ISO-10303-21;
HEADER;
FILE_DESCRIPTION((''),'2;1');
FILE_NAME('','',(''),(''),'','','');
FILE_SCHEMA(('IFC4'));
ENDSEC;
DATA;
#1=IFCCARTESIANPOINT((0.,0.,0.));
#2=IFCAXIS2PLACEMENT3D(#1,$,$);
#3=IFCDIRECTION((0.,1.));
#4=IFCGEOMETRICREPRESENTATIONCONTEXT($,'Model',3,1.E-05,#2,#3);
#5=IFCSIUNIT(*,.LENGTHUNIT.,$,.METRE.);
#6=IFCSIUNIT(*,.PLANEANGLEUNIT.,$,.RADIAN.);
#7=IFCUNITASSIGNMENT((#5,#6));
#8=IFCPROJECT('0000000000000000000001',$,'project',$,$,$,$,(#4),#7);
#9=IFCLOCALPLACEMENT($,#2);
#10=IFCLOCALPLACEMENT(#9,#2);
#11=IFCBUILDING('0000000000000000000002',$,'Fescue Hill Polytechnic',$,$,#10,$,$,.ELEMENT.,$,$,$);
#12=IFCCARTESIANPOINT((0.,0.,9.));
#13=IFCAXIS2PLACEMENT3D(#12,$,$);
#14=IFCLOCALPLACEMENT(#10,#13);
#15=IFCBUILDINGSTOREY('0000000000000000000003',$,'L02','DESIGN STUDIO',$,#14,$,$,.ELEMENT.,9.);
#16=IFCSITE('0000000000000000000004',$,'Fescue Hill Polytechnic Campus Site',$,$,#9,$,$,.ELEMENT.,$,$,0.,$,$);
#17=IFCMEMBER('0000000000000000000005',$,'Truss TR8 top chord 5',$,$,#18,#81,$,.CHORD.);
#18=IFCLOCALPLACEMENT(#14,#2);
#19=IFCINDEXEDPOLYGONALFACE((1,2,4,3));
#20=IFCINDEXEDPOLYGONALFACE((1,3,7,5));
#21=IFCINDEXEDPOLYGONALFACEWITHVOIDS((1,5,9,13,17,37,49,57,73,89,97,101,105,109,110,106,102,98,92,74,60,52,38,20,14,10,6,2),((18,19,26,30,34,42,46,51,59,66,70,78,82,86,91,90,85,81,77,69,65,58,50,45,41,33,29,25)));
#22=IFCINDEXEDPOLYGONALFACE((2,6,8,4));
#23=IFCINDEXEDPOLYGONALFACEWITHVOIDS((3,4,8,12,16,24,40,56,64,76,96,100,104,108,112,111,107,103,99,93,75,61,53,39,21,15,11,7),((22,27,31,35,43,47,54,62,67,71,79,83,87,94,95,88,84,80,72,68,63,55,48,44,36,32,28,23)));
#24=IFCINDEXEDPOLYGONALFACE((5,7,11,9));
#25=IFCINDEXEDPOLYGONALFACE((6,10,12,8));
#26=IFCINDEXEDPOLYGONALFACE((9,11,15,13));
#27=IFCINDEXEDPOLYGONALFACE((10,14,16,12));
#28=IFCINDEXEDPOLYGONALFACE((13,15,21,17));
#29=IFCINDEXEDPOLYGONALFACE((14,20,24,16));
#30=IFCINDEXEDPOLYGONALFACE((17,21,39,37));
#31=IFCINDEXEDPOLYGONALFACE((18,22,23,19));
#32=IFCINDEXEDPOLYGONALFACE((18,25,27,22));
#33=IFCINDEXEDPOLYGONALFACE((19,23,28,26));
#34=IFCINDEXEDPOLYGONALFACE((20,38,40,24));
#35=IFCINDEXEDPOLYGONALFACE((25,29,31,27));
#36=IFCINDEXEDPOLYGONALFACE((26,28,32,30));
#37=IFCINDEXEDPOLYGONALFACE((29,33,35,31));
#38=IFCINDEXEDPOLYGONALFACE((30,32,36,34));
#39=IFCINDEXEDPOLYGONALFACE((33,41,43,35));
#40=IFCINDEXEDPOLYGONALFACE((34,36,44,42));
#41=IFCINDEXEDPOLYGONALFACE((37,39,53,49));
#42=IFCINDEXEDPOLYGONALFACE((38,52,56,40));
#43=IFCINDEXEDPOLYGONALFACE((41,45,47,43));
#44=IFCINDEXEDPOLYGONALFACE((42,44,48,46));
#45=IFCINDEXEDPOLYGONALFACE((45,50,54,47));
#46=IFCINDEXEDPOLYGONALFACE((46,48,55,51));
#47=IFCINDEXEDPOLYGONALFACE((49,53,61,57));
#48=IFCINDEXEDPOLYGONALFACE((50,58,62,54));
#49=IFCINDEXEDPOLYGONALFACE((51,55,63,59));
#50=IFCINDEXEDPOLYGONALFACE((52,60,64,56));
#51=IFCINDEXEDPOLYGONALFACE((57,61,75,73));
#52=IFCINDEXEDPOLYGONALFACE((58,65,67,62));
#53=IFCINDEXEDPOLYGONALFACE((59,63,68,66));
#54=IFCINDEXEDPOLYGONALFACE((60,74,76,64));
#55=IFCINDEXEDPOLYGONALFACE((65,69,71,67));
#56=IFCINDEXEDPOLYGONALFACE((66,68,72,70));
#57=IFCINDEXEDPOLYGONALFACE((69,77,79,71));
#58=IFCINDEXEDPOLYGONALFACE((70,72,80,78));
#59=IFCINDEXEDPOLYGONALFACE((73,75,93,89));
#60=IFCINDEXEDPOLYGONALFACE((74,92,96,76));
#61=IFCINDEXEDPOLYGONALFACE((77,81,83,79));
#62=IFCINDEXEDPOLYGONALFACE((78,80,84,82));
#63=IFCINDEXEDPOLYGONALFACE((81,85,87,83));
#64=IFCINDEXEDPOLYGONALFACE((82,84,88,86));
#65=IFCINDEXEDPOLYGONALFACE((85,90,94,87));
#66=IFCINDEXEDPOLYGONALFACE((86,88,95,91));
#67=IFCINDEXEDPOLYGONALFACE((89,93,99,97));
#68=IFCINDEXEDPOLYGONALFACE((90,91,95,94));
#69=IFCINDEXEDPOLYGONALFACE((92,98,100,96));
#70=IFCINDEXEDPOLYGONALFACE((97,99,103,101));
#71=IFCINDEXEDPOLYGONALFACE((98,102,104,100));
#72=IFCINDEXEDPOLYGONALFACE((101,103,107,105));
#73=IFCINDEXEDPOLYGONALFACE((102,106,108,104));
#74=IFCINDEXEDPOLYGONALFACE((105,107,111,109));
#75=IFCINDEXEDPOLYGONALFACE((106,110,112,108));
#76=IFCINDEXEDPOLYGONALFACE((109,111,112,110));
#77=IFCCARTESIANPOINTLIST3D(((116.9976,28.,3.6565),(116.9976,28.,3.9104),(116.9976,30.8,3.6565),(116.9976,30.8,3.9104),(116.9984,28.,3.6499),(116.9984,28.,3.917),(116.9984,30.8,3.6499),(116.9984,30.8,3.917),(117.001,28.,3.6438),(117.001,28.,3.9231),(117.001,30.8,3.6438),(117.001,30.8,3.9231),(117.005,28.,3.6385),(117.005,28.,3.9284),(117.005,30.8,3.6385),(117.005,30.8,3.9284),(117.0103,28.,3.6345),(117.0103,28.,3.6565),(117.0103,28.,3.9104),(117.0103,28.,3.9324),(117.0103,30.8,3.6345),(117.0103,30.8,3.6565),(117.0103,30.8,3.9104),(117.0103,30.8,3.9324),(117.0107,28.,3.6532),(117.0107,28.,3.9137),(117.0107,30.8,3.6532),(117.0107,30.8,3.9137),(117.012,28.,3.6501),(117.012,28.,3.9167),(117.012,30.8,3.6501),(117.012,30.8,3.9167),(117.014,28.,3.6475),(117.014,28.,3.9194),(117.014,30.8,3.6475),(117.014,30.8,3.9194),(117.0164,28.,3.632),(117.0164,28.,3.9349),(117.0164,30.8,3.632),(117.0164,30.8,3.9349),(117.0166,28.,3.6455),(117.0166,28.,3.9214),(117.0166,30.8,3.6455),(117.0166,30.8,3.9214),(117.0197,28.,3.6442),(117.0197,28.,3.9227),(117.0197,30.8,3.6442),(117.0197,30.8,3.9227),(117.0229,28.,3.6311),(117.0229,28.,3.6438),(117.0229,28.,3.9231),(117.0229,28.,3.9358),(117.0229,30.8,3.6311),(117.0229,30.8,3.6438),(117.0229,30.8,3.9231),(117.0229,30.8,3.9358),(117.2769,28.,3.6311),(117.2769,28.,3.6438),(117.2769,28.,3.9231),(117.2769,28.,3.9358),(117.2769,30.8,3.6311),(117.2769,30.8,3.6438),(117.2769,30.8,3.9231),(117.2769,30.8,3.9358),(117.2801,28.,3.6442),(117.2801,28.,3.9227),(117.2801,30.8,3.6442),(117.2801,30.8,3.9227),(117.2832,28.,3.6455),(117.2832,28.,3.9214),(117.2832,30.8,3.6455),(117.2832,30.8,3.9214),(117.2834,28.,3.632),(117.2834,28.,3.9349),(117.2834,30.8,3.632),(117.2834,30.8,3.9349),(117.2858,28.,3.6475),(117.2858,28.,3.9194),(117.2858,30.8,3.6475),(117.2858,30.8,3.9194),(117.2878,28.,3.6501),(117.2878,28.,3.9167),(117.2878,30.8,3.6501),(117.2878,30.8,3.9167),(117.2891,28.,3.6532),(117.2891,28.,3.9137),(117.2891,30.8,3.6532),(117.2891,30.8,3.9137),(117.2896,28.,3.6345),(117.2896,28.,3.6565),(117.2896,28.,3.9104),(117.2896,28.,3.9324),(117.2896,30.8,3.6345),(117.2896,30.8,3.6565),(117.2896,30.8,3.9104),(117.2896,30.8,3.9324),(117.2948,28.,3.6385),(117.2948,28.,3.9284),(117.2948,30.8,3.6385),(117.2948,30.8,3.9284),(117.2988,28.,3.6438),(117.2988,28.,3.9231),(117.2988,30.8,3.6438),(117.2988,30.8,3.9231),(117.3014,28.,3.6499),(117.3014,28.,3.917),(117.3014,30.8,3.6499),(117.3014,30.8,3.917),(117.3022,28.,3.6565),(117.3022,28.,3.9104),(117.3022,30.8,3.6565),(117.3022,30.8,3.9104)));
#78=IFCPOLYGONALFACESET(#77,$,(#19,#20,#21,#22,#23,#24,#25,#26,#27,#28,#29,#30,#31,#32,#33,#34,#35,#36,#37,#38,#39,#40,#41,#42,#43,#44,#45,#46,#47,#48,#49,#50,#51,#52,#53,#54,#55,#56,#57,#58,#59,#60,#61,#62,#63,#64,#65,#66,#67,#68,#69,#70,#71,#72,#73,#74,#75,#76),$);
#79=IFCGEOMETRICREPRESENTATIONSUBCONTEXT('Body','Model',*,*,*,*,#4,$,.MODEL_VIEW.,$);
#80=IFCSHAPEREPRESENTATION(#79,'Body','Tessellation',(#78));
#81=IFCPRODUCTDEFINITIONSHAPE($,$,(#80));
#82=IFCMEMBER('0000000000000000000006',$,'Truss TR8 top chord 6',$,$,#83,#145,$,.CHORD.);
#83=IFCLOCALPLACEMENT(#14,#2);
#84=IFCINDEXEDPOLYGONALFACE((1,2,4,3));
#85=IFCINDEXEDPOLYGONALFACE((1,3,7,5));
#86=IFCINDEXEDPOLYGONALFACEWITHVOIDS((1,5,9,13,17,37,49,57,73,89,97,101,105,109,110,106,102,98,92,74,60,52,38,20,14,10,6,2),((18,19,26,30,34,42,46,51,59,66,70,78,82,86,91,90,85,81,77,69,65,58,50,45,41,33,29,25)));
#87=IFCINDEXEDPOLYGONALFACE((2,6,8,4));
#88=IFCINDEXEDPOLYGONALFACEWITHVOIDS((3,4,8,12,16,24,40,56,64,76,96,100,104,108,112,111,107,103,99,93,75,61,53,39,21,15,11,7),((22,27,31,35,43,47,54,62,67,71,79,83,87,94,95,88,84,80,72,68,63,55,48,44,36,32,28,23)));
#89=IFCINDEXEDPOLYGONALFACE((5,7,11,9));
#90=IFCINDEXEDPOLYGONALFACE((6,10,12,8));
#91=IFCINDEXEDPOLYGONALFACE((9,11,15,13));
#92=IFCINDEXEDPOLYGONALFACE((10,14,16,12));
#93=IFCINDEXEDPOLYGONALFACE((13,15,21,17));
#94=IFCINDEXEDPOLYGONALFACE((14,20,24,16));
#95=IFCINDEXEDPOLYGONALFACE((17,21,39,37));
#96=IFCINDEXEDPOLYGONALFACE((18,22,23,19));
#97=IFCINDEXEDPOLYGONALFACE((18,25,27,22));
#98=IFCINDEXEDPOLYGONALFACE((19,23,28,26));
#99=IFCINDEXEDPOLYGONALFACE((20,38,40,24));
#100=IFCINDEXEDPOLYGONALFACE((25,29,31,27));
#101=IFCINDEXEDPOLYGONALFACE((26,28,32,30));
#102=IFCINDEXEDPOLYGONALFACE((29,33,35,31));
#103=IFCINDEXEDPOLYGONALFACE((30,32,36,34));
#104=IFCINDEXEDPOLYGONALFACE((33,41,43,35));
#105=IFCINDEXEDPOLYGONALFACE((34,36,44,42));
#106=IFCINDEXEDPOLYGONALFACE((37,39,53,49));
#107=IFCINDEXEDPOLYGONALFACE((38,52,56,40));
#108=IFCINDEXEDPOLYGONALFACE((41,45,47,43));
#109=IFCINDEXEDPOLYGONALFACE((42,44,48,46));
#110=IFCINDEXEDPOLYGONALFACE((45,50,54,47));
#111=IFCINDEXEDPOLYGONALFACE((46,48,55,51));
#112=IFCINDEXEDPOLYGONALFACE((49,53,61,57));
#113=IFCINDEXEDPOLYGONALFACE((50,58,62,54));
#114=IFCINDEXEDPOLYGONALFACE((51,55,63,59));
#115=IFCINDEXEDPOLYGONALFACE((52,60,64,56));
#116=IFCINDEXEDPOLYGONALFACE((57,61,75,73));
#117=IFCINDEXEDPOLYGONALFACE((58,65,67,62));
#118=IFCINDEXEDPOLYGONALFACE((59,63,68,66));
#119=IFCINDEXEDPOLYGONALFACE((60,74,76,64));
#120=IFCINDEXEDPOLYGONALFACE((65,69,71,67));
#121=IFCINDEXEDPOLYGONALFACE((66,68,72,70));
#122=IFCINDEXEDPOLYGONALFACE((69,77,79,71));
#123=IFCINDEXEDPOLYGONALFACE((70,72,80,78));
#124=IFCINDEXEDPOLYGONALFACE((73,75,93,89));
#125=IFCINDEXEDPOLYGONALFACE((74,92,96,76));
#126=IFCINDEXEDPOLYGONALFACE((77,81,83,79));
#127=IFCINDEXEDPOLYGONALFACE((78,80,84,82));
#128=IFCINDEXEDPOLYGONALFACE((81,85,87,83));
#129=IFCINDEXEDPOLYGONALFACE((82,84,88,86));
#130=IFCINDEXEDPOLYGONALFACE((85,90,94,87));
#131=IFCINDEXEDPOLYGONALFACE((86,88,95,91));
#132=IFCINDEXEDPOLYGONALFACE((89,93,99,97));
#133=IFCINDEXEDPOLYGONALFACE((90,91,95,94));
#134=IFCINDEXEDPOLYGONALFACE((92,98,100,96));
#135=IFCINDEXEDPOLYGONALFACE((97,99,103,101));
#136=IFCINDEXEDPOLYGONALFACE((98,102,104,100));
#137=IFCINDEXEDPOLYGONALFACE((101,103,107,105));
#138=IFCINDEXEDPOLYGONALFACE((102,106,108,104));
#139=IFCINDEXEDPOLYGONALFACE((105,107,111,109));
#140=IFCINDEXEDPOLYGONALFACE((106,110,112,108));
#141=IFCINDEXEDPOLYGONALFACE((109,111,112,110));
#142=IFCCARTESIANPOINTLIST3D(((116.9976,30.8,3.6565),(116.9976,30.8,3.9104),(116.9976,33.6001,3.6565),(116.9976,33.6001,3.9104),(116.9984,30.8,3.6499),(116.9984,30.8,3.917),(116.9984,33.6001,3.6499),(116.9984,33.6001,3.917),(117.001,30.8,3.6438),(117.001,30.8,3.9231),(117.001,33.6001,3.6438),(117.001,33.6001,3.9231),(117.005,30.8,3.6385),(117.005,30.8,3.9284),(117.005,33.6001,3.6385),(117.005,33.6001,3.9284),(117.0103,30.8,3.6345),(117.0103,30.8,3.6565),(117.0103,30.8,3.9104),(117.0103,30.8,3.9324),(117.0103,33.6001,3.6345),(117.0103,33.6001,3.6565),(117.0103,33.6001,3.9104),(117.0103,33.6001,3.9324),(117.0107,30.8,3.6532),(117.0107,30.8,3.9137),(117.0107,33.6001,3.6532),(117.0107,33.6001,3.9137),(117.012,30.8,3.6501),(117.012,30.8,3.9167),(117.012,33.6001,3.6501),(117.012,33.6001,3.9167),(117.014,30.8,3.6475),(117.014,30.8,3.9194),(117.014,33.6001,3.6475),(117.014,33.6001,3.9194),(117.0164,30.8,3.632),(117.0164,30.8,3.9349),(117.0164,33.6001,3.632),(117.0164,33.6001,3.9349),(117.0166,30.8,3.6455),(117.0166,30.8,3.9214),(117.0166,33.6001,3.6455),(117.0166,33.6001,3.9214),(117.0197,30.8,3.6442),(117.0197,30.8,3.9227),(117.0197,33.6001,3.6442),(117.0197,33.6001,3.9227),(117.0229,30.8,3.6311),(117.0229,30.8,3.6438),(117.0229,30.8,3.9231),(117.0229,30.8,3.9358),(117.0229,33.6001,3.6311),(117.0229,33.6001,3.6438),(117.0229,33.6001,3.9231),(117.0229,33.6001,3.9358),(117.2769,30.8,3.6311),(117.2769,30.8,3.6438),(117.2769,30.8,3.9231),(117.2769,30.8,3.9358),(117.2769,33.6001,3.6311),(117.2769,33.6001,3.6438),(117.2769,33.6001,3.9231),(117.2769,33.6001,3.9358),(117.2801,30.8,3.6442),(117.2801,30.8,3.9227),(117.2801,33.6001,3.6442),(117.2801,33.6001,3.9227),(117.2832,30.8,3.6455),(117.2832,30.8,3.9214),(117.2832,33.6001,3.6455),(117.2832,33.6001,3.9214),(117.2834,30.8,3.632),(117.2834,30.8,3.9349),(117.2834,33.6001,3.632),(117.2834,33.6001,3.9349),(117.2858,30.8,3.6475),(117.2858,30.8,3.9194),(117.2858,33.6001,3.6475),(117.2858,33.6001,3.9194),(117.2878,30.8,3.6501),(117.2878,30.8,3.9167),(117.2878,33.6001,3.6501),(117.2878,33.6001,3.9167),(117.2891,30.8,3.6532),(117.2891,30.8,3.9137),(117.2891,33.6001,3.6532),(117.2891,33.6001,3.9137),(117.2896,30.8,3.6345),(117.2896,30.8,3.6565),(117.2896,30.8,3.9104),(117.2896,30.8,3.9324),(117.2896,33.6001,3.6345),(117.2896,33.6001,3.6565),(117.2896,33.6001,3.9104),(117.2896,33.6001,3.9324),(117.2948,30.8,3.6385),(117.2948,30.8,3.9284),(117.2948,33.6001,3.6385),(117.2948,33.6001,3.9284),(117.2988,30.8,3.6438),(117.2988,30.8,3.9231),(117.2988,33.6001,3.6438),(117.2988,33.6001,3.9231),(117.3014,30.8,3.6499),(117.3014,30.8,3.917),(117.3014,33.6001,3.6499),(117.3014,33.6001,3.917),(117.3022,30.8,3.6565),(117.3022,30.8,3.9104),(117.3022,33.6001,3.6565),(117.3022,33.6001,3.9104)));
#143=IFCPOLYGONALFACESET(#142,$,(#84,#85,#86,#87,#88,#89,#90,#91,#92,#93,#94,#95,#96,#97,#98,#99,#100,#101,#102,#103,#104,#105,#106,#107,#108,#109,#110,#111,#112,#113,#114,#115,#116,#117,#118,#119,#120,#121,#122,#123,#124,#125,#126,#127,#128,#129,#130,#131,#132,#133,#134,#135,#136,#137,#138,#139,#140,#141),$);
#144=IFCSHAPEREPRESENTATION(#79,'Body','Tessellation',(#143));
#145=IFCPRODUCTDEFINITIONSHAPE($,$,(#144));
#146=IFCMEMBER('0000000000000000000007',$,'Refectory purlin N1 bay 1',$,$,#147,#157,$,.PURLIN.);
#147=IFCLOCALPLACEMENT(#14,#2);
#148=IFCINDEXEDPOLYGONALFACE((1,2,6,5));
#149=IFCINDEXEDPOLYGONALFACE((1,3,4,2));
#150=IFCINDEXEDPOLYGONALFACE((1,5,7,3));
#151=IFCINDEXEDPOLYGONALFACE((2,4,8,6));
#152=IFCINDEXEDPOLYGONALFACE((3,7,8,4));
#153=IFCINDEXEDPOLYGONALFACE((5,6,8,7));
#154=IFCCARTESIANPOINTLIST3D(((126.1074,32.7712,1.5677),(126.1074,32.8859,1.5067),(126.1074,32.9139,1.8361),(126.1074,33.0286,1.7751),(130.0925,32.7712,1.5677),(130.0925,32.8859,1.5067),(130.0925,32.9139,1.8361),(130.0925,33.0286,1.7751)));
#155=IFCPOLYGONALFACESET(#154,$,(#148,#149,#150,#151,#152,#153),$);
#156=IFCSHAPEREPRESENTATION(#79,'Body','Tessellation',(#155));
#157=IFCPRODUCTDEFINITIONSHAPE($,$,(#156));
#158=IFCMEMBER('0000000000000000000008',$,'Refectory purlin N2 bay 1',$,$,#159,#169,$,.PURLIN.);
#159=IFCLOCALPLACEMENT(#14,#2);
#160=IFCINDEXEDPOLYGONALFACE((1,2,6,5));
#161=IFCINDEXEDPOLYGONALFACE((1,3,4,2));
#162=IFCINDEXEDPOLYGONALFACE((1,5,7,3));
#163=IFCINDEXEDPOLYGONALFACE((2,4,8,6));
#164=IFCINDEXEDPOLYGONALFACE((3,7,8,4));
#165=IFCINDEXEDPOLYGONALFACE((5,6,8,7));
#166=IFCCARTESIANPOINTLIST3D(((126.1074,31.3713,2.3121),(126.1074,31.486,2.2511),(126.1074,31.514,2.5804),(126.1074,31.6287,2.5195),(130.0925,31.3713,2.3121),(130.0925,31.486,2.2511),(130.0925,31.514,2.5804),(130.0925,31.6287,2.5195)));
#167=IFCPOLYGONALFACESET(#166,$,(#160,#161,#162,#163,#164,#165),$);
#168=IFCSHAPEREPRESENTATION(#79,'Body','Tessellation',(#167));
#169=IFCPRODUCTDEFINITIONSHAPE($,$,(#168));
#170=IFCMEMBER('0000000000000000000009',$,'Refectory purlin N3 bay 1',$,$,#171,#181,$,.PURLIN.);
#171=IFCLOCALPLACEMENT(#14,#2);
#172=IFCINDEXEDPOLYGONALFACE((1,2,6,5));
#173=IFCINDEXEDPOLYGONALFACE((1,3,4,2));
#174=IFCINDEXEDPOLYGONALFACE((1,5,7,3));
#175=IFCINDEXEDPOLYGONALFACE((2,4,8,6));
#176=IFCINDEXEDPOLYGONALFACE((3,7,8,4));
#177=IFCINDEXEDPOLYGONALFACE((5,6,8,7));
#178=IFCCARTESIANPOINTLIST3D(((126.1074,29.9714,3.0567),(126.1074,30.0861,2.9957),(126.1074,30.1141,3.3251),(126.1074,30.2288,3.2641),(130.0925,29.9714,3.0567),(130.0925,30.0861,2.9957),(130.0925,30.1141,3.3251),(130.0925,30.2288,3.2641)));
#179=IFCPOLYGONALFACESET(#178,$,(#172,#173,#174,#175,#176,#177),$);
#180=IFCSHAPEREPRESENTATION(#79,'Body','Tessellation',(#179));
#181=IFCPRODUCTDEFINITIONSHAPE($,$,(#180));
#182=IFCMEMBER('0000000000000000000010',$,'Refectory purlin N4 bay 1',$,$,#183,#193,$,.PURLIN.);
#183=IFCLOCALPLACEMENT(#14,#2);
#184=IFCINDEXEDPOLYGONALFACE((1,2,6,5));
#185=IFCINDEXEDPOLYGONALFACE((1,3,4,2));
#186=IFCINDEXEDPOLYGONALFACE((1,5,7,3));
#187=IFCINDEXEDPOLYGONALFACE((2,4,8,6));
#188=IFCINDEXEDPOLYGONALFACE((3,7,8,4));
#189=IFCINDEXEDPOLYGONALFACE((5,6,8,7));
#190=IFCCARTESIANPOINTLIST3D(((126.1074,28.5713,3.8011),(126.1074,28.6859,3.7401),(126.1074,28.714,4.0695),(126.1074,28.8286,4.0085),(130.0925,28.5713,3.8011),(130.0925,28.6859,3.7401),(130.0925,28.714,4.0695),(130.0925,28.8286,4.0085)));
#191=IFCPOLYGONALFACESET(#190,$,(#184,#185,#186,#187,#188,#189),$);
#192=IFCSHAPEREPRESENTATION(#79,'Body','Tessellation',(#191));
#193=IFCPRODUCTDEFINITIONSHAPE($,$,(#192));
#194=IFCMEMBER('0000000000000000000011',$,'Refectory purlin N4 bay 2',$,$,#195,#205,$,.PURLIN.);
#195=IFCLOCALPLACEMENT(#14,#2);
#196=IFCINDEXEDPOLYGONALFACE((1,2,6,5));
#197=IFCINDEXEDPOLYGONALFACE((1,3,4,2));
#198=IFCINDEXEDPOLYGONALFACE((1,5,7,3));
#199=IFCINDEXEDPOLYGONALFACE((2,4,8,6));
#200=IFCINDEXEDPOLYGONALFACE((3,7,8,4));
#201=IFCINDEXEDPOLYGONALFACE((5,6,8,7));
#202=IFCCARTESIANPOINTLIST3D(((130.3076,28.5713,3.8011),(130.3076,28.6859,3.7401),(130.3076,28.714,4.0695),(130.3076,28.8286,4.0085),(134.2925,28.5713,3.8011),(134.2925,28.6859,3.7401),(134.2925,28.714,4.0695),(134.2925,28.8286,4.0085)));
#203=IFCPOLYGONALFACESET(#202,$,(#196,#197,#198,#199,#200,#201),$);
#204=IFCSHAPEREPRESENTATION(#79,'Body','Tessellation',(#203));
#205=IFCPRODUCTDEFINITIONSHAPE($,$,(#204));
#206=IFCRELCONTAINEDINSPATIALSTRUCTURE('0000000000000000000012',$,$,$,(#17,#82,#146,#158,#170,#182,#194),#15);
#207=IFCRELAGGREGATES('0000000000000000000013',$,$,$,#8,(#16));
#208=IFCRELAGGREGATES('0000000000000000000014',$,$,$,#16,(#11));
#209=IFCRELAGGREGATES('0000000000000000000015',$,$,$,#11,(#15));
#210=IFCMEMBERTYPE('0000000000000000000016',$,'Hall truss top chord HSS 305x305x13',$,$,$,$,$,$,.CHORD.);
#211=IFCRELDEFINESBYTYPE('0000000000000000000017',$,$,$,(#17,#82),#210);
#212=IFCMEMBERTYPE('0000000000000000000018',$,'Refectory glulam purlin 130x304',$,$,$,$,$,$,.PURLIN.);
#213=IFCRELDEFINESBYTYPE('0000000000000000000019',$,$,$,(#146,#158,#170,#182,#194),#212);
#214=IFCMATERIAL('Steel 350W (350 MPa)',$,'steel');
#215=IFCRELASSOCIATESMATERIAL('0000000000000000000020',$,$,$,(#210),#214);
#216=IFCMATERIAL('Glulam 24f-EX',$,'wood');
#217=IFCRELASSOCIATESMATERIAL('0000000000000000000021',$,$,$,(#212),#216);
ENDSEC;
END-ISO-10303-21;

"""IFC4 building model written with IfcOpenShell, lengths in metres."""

from ifc_helpers import new_model, si_unit, direction, frame, origin, origin_2d, place, context, subcontext, project, spatial, rectangle, hollow_rectangle, extrude, material, material_profile, profile_set, type_object, element, save


model = new_model("IFC4")

# Units and contexts
model_context = context("Model", 3, precision=1e-05, world=origin(), true_north=direction((0.0, 1.0)))
body_context = subcontext(model_context, "Body", "Model", "MODEL_VIEW")
ifc_project = project(units=[si_unit("LENGTHUNIT", "METRE"), si_unit("PLANEANGLEUNIT", "RADIAN")], contexts=[model_context])

# Site, building, storey
site_placement = place(None, origin())
site = spatial("IfcSite", under=ifc_project, at=site_placement, Name="Fescue Hill Polytechnic Campus Site", CompositionType="ELEMENT", RefElevation=0.0)
building_placement = place(site_placement, origin())
building = spatial("IfcBuilding", under=site, at=building_placement, Name="Fescue Hill Polytechnic", CompositionType="ELEMENT")
storey_placement = place(building_placement, frame((0.0, 0.0, 9.0)))
storey = spatial("IfcBuildingStorey", under=building, at=storey_placement, Name="L02", Description="DESIGN STUDIO", CompositionType="ELEMENT", Elevation=9.0)

# Members
ifc_material_1 = material(Name="Steel 350W (350 MPa)", Category="steel")
ifc_material_profile_1 = material_profile(ifc_material_1, hollow_rectangle(XDim=0.3047, YDim=0.3047, WallThickness=0.0127, InnerFilletRadius=0.0127, OuterFilletRadius=0.0254, at=origin_2d()), Name="Hall truss top chord HSS 305x305x13")
ifc_profile_set_1 = profile_set([ifc_material_profile_1], Name="Steel 350W (350 MPa)")
member_type_1 = type_object("IfcMemberType", Name="Hall truss top chord HSS 305x305x13", PredefinedType="CHORD", material=ifc_profile_set_1)
for number, where, z_axis, x_axis, name in (
    (1, (117.1499, 28.0, 3.7834), (0.0, 1.0, 0.0), (-1.0, 0.0, 0.0), "Truss TR8 top chord 5"),
    (2, (117.1499, 30.8, 3.7834), (0.0, 1.0, 0.0), (-1.0, 0.0, 0.0), "Truss TR8 top chord 6"),
):
    element("IfcMember", number, at=place(storey_placement, frame(where, z_axis=z_axis, x_axis=x_axis)), inside=storey, type_object=member_type_1, Name=name, PredefinedType="CHORD", context=body_context, shape_type="SweptSolid", body=[
        extrude(hollow_rectangle(XDim=0.3047, YDim=0.3047, WallThickness=0.0127, InnerFilletRadius=0.0127, OuterFilletRadius=0.0254, at=origin_2d()), origin(), (0.0, 0.0, 1.0), 2.8),
    ])
ifc_material_2 = material(Name="Glulam 24f-EX", Category="wood")
ifc_material_profile_2 = material_profile(ifc_material_2, rectangle(XDim=0.1299, YDim=0.304, at=origin_2d()), Name="Refectory glulam purlin 130x304")
ifc_profile_set_2 = profile_set([ifc_material_profile_2], Name="Glulam 24f-EX")
member_type_2 = type_object("IfcMemberType", Name="Refectory glulam purlin 130x304", PredefinedType="PURLIN", material=ifc_profile_set_2)
for number, where, z_axis, x_axis, name in (
    (3, (126.1074, 32.8999, 1.6714), (1.0, 0.0, 0.0), (0.0, 0.882934, -0.469497), "Refectory purlin N1 bay 1"),
    (4, (126.1074, 31.5, 2.4158), (1.0, 0.0, 0.0), (0.0, 0.882934, -0.469497), "Refectory purlin N2 bay 1"),
    (5, (126.1074, 30.1001, 3.1604), (1.0, 0.0, 0.0), (0.0, 0.882934, -0.469497), "Refectory purlin N3 bay 1"),
    (6, (126.1074, 28.7, 3.9048), (1.0, 0.0, 0.0), (0.0, 0.882934, -0.469497), "Refectory purlin N4 bay 1"),
):
    element("IfcMember", number, at=place(storey_placement, frame(where, z_axis=z_axis, x_axis=x_axis)), inside=storey, type_object=member_type_2, Name=name, PredefinedType="PURLIN", context=body_context, shape_type="SweptSolid", body=[
        extrude(rectangle(XDim=0.1299, YDim=0.304, at=origin_2d()), origin(), (0.0, 0.0, 1.0), 3.9851),
    ])
member_1_placement = place(storey_placement, frame((130.3076, 28.7, 3.9048), z_axis=(1.0, 0.0, 0.0), x_axis=(0.0, 0.882934, -0.469497)))
element("IfcMember", 7, at=member_1_placement, inside=storey, type_object=member_type_2, Name="Refectory purlin N4 bay 2", PredefinedType="PURLIN", context=body_context, shape_type="SweptSolid", body=[
    extrude(rectangle(XDim=0.1299, YDim=0.304, at=origin_2d()), origin(), (0.0, 0.0, 1.0), 3.9849),
])

save(model, "model.ifc")
